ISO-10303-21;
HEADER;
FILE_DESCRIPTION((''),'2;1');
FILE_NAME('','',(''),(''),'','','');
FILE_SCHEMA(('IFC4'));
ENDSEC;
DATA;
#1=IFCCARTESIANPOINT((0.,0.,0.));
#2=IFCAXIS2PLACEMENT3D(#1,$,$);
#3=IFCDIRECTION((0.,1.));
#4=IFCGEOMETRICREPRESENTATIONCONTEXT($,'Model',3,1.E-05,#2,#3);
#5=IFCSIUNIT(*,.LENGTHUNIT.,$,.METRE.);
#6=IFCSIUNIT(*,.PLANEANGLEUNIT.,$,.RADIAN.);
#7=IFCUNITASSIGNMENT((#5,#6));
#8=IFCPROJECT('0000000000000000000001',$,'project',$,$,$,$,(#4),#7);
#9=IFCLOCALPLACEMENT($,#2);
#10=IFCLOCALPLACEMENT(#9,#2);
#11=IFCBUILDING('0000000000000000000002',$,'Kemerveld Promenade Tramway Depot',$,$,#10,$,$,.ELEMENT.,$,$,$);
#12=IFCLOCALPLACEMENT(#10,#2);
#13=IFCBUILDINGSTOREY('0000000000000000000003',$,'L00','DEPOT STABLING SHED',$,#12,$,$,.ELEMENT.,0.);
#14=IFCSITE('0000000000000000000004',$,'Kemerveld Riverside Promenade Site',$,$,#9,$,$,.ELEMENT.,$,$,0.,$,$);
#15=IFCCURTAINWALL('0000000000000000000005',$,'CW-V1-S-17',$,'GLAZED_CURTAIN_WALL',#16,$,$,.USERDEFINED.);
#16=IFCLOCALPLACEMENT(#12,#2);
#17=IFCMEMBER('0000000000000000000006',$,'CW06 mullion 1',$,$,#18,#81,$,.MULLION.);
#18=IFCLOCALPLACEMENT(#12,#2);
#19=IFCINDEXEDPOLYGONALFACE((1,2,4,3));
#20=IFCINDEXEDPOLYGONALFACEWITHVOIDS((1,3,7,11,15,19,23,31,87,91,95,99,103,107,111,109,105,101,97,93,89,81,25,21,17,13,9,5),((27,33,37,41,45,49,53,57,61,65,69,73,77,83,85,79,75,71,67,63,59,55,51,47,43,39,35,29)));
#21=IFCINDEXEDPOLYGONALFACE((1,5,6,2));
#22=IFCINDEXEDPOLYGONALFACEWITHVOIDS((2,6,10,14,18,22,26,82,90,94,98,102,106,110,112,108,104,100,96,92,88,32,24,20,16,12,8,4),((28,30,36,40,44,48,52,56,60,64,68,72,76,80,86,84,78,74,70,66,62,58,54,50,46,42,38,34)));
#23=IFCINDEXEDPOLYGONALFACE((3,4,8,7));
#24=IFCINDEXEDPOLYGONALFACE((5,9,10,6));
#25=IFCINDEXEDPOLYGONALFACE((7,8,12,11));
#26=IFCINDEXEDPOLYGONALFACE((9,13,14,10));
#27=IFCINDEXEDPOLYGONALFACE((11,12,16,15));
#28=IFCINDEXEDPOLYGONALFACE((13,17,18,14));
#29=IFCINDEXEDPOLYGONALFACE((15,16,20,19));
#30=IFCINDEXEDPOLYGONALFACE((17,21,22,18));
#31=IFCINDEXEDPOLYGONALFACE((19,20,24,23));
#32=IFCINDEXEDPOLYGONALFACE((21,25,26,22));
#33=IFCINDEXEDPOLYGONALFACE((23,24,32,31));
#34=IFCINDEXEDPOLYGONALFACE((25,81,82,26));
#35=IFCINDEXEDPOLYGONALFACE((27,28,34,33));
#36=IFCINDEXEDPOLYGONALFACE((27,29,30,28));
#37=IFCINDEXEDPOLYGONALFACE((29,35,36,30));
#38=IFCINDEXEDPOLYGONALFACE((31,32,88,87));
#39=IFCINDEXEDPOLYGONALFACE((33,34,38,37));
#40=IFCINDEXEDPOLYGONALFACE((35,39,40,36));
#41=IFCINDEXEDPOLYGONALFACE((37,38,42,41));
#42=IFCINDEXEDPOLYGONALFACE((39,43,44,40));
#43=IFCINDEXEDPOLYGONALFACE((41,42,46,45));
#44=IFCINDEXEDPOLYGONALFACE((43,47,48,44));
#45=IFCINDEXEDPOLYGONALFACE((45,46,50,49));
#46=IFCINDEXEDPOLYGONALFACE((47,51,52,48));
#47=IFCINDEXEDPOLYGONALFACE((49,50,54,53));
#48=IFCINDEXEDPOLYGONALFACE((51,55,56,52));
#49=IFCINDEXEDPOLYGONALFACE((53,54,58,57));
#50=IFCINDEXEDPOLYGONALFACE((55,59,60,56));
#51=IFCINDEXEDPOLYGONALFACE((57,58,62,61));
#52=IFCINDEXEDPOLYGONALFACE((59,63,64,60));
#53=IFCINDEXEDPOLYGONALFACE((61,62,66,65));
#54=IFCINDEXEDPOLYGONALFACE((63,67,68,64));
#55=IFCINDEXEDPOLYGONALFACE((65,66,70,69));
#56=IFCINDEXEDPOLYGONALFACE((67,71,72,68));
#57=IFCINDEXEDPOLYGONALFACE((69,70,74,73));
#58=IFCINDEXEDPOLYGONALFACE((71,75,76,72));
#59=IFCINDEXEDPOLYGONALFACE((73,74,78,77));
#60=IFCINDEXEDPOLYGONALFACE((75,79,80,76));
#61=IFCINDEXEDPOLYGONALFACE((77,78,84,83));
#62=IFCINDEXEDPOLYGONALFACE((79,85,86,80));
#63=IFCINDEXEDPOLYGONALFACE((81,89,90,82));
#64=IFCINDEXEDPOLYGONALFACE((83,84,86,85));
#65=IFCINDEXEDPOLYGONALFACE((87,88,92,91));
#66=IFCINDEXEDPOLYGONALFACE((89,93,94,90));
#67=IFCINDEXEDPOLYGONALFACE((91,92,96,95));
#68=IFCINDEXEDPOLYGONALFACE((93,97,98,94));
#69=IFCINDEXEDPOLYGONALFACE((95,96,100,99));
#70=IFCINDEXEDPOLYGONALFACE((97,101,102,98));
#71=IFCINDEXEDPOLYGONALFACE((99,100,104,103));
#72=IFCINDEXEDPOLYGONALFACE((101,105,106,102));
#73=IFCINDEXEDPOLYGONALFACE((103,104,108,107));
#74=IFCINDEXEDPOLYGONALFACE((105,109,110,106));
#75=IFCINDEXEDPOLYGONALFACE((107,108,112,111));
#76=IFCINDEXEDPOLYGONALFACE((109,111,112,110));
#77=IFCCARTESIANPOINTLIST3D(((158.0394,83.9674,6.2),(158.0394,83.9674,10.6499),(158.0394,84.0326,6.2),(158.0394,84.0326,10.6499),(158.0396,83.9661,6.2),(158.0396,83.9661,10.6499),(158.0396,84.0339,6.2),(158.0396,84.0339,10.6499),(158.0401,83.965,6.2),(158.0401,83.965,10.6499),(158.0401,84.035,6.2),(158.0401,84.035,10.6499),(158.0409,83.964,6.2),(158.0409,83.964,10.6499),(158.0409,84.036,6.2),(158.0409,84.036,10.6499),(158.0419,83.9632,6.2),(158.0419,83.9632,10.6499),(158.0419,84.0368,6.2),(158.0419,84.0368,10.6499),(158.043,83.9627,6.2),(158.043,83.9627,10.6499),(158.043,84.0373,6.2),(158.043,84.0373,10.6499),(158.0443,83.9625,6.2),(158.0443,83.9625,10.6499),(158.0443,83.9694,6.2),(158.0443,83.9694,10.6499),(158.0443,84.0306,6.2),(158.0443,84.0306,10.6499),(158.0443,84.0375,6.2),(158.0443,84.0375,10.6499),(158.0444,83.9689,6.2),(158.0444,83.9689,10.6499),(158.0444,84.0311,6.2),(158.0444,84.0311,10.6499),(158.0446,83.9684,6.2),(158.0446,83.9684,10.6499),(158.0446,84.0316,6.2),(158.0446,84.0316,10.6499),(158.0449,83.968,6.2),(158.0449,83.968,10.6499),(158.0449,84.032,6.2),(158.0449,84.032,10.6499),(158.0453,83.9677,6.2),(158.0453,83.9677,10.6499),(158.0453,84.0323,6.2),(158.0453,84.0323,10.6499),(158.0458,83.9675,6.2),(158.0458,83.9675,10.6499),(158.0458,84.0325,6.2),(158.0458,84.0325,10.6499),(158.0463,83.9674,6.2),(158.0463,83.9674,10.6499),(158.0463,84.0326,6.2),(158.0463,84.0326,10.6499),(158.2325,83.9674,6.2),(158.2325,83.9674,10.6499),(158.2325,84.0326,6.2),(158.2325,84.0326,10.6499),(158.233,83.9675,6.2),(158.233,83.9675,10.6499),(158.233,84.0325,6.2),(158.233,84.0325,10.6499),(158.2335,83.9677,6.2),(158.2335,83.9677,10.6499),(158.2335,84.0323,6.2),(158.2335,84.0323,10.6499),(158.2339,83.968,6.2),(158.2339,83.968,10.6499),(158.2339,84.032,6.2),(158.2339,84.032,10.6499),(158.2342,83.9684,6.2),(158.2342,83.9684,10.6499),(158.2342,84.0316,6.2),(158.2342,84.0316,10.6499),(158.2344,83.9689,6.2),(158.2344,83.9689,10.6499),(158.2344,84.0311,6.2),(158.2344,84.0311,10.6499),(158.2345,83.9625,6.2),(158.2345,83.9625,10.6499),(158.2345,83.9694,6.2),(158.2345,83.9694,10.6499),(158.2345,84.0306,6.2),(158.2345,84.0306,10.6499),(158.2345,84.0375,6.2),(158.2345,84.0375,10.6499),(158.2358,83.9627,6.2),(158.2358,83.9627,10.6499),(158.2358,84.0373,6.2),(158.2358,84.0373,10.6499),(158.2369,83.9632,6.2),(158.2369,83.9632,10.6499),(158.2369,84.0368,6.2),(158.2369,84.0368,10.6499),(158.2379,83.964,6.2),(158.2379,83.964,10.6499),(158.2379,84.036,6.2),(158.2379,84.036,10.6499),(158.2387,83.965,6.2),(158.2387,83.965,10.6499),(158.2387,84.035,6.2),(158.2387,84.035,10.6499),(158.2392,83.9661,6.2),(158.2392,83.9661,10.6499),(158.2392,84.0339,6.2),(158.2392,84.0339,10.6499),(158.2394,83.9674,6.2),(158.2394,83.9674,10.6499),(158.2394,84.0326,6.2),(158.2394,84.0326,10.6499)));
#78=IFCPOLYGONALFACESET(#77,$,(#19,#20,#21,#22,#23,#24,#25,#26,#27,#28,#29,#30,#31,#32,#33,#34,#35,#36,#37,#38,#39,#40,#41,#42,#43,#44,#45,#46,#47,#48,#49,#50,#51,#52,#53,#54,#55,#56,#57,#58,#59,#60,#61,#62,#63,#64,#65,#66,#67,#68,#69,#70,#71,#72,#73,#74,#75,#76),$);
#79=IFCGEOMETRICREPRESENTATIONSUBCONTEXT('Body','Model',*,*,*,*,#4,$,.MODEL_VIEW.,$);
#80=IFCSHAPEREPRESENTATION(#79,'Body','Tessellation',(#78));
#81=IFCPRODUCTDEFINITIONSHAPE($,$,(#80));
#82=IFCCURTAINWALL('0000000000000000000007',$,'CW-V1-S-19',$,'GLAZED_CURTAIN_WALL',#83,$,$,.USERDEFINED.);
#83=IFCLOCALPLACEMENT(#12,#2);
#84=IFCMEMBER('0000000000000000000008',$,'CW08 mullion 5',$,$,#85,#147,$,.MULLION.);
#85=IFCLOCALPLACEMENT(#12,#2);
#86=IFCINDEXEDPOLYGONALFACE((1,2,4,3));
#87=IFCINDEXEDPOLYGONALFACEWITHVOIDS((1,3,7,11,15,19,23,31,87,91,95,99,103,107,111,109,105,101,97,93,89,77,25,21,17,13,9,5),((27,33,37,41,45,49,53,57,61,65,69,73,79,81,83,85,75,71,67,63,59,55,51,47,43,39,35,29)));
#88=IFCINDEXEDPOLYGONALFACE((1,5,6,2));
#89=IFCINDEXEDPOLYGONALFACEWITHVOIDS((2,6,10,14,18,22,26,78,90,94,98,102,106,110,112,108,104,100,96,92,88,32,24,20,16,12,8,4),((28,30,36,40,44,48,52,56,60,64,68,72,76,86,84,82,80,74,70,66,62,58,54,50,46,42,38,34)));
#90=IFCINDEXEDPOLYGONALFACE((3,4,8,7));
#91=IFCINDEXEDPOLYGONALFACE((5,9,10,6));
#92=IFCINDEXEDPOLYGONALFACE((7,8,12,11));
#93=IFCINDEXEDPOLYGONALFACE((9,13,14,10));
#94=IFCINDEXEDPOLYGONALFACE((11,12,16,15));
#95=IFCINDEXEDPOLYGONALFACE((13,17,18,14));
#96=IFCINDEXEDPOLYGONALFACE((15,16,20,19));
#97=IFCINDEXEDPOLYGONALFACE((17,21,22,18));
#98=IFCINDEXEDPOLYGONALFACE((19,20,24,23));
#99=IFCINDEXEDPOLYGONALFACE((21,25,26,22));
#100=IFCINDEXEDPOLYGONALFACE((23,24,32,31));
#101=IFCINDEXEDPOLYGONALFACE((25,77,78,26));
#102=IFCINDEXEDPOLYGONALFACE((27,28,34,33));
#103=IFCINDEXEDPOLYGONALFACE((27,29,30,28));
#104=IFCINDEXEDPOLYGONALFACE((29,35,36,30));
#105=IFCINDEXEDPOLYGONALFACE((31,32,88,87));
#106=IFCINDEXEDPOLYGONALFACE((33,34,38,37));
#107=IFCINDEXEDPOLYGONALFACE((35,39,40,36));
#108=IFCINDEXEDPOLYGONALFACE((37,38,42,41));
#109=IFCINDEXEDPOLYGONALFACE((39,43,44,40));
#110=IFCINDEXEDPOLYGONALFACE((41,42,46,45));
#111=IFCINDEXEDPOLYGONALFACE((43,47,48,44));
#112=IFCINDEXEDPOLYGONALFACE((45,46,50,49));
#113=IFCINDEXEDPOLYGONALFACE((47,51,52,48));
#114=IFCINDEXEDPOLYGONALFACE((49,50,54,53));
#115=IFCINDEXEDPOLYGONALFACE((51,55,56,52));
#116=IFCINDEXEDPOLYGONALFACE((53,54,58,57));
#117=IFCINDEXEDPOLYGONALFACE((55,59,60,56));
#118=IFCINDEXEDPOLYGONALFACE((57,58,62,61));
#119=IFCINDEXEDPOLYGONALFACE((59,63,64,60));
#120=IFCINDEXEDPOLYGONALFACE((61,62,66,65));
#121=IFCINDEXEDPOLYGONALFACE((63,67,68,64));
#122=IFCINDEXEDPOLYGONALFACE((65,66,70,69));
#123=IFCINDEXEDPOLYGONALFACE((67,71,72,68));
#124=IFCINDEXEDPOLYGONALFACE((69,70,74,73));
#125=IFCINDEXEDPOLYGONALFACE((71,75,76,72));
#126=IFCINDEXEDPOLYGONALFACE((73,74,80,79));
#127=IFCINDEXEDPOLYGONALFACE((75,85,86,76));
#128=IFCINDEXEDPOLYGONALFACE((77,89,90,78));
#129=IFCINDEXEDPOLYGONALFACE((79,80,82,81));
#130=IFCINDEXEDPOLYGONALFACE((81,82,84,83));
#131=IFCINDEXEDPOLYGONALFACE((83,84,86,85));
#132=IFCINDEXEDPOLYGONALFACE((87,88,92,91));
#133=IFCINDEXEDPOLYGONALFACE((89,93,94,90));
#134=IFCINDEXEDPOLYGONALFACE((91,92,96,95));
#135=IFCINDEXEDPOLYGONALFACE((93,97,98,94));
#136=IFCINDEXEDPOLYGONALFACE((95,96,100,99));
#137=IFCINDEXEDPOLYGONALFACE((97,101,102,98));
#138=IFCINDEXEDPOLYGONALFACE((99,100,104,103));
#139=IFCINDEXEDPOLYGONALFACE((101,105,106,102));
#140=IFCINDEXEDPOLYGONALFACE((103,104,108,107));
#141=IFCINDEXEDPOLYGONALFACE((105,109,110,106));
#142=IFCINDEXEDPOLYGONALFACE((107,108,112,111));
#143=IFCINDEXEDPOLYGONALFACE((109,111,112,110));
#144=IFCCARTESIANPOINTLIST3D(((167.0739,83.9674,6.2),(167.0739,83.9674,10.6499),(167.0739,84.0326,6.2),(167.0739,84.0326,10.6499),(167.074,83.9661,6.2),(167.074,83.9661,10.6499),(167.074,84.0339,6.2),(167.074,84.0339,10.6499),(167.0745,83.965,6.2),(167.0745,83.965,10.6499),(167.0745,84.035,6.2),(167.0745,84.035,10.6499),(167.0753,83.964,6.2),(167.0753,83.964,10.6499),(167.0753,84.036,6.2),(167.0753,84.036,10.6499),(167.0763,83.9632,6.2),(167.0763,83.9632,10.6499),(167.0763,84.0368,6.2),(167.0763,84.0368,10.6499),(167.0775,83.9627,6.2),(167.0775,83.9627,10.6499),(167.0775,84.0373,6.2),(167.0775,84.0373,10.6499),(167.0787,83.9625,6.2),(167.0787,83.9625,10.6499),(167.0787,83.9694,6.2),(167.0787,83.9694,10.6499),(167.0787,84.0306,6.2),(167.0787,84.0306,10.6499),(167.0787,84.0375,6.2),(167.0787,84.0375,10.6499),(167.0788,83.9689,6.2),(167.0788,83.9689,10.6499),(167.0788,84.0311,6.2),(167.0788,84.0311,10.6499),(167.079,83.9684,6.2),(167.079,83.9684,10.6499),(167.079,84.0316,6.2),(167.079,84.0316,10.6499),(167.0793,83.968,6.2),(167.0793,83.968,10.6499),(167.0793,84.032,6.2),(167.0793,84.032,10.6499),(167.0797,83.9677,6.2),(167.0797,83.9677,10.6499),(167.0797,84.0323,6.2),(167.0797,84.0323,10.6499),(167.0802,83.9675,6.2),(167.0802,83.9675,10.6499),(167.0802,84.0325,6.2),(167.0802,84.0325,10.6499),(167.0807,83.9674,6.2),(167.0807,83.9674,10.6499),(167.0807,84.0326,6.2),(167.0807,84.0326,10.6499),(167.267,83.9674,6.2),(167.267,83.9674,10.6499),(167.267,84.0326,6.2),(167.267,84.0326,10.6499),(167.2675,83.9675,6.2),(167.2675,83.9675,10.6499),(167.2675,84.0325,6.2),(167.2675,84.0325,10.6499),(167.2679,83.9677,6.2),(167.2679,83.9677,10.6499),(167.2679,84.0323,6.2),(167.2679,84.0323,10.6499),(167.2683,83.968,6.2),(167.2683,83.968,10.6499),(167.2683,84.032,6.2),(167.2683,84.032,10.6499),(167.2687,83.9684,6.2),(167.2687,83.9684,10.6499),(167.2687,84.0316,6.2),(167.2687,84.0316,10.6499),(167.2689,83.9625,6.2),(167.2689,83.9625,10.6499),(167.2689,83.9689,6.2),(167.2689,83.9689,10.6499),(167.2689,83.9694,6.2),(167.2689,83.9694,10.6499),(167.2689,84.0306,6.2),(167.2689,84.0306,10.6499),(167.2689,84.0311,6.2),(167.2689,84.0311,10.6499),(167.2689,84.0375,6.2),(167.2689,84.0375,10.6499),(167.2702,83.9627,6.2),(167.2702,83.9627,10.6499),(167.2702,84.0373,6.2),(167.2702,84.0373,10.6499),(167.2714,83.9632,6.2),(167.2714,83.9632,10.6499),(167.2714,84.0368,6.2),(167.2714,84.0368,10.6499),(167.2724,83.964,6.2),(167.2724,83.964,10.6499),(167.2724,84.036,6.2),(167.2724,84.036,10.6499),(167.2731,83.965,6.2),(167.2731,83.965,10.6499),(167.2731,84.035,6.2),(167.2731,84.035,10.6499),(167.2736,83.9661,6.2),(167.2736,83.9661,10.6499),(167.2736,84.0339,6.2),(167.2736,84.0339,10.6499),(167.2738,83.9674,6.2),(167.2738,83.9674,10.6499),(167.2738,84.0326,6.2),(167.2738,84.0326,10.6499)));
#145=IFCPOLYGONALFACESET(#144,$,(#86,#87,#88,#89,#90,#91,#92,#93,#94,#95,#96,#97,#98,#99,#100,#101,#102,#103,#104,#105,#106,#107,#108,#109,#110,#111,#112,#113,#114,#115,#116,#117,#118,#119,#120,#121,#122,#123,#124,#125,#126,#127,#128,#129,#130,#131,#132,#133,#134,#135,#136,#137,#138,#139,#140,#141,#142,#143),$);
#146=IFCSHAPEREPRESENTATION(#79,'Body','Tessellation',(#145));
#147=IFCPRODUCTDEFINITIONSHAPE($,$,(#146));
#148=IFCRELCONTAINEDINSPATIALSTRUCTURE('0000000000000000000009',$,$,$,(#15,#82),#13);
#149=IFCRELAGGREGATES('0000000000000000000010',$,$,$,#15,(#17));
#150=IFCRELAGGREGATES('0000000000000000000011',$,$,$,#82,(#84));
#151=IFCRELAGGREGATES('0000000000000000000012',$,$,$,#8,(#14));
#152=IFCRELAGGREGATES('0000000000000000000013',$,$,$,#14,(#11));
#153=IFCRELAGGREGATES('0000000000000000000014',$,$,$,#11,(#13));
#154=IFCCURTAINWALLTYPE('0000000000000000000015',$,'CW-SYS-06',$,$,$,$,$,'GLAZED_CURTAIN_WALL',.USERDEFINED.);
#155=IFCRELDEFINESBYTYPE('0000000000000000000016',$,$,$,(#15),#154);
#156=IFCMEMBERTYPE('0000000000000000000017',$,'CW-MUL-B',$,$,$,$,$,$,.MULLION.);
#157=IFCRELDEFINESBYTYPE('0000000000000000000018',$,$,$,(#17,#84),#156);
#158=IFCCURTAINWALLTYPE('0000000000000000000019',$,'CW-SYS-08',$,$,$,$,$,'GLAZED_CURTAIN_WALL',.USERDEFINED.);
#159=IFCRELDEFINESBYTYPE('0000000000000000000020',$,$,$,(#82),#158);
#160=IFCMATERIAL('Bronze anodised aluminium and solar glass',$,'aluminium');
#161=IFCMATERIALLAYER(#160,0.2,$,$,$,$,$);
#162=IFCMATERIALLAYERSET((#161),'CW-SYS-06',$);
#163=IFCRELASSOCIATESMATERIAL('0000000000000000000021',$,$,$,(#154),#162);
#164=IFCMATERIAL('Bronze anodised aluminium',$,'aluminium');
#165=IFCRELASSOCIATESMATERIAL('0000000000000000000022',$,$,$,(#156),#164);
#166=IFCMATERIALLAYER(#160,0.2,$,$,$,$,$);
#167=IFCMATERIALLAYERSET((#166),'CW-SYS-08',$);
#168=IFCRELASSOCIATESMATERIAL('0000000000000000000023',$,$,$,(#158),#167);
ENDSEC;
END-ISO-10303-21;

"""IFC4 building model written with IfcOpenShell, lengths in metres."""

from ifc_helpers import new_model, si_unit, direction, frame, origin, origin_2d, place, context, subcontext, project, spatial, hollow_rectangle, extrude, material, layer, layer_set, material_profile, profile_set, type_object, element, aggregate, save


model = new_model("IFC4")

# Units and contexts
model_context = context("Model", 3, precision=1e-05, world=origin(), true_north=direction((0.0, 1.0)))
body_context = subcontext(model_context, "Body", "Model", "MODEL_VIEW")
ifc_project = project(units=[si_unit("LENGTHUNIT", "METRE"), si_unit("PLANEANGLEUNIT", "RADIAN")], contexts=[model_context])

# Site, building, storey
site_placement = place(None, origin())
site = spatial("IfcSite", under=ifc_project, at=site_placement, Name="Kemerveld Riverside Promenade Site", CompositionType="ELEMENT", RefElevation=0.0)
building_placement = place(site_placement, origin())
building = spatial("IfcBuilding", under=site, at=building_placement, Name="Kemerveld Promenade Tramway Depot", CompositionType="ELEMENT")
storey_placement = place(building_placement, origin())
storey = spatial("IfcBuildingStorey", under=building, at=storey_placement, Name="L00", Description="DEPOT STABLING SHED", CompositionType="ELEMENT", Elevation=0.0)

# Shared definitions
ifc_material_1 = material(Name="Bronze anodised aluminium and solar glass", Category="aluminium")
ifc_material_2 = material(Name="Bronze anodised aluminium", Category="aluminium")

# Curtain wall, member
ifc_layer_1 = layer(ifc_material_1, 0.2)
ifc_layer_set_1 = layer_set([ifc_layer_1], Name="CW-SYS-06")
curtain_wall_type_1 = type_object("IfcCurtainWallType", Name="CW-SYS-06", ElementType="GLAZED_CURTAIN_WALL", PredefinedType="USERDEFINED", material=ifc_layer_set_1)
curtain_wall_1_placement = place(storey_placement, origin())
curtain_wall_1 = element("IfcCurtainWall", 1, at=curtain_wall_1_placement, inside=storey, type_object=curtain_wall_type_1, Name="CW-V1-S-17", ObjectType="GLAZED_CURTAIN_WALL", PredefinedType="USERDEFINED")
ifc_material_profile_1 = material_profile(ifc_material_2, hollow_rectangle(XDim=0.075, YDim=0.2, WallThickness=0.0049, InnerFilletRadius=0.002, OuterFilletRadius=0.0049, at=origin_2d()), Name="CW-MUL-200x75")
ifc_profile_set_1 = profile_set([ifc_material_profile_1], Name="Bronze anodised aluminium")
member_type_1 = type_object("IfcMemberType", Name="CW-MUL-B", PredefinedType="MULLION", material=ifc_profile_set_1)
member_1_placement = place(storey_placement, frame((158.1394, 84.0, 6.2), z_axis=(0.0, 0.0, 1.0), x_axis=(0.0, -1.0, 0.0)))
member_1 = element("IfcMember", 2, at=member_1_placement, type_object=member_type_1, Name="CW06 mullion 1", PredefinedType="MULLION", context=body_context, shape_type="SweptSolid", body=[
    extrude(hollow_rectangle(XDim=0.075, YDim=0.2, WallThickness=0.0049, InnerFilletRadius=0.002, OuterFilletRadius=0.0049, at=origin_2d()), origin(), (0.0, 0.0, 1.0), 4.45),
])
aggregate(curtain_wall_1, [member_1])

# Curtain wall, member
ifc_layer_2 = layer(ifc_material_1, 0.2)
ifc_layer_set_2 = layer_set([ifc_layer_2], Name="CW-SYS-08")
curtain_wall_type_2 = type_object("IfcCurtainWallType", Name="CW-SYS-08", ElementType="GLAZED_CURTAIN_WALL", PredefinedType="USERDEFINED", material=ifc_layer_set_2)
curtain_wall_2_placement = place(storey_placement, origin())
curtain_wall_2 = element("IfcCurtainWall", 3, at=curtain_wall_2_placement, inside=storey, type_object=curtain_wall_type_2, Name="CW-V1-S-19", ObjectType="GLAZED_CURTAIN_WALL", PredefinedType="USERDEFINED")
member_2_placement = place(storey_placement, frame((167.1738, 84.0, 6.2), z_axis=(0.0, 0.0, 1.0), x_axis=(0.0, -1.0, 0.0)))
member_2 = element("IfcMember", 4, at=member_2_placement, type_object=member_type_1, Name="CW08 mullion 5", PredefinedType="MULLION", context=body_context, shape_type="SweptSolid", body=[
    extrude(hollow_rectangle(XDim=0.075, YDim=0.2, WallThickness=0.0049, InnerFilletRadius=0.002, OuterFilletRadius=0.0049, at=origin_2d()), origin(), (0.0, 0.0, 1.0), 4.45),
])

aggregate(curtain_wall_2, [member_2])

save(model, "model.ifc")
